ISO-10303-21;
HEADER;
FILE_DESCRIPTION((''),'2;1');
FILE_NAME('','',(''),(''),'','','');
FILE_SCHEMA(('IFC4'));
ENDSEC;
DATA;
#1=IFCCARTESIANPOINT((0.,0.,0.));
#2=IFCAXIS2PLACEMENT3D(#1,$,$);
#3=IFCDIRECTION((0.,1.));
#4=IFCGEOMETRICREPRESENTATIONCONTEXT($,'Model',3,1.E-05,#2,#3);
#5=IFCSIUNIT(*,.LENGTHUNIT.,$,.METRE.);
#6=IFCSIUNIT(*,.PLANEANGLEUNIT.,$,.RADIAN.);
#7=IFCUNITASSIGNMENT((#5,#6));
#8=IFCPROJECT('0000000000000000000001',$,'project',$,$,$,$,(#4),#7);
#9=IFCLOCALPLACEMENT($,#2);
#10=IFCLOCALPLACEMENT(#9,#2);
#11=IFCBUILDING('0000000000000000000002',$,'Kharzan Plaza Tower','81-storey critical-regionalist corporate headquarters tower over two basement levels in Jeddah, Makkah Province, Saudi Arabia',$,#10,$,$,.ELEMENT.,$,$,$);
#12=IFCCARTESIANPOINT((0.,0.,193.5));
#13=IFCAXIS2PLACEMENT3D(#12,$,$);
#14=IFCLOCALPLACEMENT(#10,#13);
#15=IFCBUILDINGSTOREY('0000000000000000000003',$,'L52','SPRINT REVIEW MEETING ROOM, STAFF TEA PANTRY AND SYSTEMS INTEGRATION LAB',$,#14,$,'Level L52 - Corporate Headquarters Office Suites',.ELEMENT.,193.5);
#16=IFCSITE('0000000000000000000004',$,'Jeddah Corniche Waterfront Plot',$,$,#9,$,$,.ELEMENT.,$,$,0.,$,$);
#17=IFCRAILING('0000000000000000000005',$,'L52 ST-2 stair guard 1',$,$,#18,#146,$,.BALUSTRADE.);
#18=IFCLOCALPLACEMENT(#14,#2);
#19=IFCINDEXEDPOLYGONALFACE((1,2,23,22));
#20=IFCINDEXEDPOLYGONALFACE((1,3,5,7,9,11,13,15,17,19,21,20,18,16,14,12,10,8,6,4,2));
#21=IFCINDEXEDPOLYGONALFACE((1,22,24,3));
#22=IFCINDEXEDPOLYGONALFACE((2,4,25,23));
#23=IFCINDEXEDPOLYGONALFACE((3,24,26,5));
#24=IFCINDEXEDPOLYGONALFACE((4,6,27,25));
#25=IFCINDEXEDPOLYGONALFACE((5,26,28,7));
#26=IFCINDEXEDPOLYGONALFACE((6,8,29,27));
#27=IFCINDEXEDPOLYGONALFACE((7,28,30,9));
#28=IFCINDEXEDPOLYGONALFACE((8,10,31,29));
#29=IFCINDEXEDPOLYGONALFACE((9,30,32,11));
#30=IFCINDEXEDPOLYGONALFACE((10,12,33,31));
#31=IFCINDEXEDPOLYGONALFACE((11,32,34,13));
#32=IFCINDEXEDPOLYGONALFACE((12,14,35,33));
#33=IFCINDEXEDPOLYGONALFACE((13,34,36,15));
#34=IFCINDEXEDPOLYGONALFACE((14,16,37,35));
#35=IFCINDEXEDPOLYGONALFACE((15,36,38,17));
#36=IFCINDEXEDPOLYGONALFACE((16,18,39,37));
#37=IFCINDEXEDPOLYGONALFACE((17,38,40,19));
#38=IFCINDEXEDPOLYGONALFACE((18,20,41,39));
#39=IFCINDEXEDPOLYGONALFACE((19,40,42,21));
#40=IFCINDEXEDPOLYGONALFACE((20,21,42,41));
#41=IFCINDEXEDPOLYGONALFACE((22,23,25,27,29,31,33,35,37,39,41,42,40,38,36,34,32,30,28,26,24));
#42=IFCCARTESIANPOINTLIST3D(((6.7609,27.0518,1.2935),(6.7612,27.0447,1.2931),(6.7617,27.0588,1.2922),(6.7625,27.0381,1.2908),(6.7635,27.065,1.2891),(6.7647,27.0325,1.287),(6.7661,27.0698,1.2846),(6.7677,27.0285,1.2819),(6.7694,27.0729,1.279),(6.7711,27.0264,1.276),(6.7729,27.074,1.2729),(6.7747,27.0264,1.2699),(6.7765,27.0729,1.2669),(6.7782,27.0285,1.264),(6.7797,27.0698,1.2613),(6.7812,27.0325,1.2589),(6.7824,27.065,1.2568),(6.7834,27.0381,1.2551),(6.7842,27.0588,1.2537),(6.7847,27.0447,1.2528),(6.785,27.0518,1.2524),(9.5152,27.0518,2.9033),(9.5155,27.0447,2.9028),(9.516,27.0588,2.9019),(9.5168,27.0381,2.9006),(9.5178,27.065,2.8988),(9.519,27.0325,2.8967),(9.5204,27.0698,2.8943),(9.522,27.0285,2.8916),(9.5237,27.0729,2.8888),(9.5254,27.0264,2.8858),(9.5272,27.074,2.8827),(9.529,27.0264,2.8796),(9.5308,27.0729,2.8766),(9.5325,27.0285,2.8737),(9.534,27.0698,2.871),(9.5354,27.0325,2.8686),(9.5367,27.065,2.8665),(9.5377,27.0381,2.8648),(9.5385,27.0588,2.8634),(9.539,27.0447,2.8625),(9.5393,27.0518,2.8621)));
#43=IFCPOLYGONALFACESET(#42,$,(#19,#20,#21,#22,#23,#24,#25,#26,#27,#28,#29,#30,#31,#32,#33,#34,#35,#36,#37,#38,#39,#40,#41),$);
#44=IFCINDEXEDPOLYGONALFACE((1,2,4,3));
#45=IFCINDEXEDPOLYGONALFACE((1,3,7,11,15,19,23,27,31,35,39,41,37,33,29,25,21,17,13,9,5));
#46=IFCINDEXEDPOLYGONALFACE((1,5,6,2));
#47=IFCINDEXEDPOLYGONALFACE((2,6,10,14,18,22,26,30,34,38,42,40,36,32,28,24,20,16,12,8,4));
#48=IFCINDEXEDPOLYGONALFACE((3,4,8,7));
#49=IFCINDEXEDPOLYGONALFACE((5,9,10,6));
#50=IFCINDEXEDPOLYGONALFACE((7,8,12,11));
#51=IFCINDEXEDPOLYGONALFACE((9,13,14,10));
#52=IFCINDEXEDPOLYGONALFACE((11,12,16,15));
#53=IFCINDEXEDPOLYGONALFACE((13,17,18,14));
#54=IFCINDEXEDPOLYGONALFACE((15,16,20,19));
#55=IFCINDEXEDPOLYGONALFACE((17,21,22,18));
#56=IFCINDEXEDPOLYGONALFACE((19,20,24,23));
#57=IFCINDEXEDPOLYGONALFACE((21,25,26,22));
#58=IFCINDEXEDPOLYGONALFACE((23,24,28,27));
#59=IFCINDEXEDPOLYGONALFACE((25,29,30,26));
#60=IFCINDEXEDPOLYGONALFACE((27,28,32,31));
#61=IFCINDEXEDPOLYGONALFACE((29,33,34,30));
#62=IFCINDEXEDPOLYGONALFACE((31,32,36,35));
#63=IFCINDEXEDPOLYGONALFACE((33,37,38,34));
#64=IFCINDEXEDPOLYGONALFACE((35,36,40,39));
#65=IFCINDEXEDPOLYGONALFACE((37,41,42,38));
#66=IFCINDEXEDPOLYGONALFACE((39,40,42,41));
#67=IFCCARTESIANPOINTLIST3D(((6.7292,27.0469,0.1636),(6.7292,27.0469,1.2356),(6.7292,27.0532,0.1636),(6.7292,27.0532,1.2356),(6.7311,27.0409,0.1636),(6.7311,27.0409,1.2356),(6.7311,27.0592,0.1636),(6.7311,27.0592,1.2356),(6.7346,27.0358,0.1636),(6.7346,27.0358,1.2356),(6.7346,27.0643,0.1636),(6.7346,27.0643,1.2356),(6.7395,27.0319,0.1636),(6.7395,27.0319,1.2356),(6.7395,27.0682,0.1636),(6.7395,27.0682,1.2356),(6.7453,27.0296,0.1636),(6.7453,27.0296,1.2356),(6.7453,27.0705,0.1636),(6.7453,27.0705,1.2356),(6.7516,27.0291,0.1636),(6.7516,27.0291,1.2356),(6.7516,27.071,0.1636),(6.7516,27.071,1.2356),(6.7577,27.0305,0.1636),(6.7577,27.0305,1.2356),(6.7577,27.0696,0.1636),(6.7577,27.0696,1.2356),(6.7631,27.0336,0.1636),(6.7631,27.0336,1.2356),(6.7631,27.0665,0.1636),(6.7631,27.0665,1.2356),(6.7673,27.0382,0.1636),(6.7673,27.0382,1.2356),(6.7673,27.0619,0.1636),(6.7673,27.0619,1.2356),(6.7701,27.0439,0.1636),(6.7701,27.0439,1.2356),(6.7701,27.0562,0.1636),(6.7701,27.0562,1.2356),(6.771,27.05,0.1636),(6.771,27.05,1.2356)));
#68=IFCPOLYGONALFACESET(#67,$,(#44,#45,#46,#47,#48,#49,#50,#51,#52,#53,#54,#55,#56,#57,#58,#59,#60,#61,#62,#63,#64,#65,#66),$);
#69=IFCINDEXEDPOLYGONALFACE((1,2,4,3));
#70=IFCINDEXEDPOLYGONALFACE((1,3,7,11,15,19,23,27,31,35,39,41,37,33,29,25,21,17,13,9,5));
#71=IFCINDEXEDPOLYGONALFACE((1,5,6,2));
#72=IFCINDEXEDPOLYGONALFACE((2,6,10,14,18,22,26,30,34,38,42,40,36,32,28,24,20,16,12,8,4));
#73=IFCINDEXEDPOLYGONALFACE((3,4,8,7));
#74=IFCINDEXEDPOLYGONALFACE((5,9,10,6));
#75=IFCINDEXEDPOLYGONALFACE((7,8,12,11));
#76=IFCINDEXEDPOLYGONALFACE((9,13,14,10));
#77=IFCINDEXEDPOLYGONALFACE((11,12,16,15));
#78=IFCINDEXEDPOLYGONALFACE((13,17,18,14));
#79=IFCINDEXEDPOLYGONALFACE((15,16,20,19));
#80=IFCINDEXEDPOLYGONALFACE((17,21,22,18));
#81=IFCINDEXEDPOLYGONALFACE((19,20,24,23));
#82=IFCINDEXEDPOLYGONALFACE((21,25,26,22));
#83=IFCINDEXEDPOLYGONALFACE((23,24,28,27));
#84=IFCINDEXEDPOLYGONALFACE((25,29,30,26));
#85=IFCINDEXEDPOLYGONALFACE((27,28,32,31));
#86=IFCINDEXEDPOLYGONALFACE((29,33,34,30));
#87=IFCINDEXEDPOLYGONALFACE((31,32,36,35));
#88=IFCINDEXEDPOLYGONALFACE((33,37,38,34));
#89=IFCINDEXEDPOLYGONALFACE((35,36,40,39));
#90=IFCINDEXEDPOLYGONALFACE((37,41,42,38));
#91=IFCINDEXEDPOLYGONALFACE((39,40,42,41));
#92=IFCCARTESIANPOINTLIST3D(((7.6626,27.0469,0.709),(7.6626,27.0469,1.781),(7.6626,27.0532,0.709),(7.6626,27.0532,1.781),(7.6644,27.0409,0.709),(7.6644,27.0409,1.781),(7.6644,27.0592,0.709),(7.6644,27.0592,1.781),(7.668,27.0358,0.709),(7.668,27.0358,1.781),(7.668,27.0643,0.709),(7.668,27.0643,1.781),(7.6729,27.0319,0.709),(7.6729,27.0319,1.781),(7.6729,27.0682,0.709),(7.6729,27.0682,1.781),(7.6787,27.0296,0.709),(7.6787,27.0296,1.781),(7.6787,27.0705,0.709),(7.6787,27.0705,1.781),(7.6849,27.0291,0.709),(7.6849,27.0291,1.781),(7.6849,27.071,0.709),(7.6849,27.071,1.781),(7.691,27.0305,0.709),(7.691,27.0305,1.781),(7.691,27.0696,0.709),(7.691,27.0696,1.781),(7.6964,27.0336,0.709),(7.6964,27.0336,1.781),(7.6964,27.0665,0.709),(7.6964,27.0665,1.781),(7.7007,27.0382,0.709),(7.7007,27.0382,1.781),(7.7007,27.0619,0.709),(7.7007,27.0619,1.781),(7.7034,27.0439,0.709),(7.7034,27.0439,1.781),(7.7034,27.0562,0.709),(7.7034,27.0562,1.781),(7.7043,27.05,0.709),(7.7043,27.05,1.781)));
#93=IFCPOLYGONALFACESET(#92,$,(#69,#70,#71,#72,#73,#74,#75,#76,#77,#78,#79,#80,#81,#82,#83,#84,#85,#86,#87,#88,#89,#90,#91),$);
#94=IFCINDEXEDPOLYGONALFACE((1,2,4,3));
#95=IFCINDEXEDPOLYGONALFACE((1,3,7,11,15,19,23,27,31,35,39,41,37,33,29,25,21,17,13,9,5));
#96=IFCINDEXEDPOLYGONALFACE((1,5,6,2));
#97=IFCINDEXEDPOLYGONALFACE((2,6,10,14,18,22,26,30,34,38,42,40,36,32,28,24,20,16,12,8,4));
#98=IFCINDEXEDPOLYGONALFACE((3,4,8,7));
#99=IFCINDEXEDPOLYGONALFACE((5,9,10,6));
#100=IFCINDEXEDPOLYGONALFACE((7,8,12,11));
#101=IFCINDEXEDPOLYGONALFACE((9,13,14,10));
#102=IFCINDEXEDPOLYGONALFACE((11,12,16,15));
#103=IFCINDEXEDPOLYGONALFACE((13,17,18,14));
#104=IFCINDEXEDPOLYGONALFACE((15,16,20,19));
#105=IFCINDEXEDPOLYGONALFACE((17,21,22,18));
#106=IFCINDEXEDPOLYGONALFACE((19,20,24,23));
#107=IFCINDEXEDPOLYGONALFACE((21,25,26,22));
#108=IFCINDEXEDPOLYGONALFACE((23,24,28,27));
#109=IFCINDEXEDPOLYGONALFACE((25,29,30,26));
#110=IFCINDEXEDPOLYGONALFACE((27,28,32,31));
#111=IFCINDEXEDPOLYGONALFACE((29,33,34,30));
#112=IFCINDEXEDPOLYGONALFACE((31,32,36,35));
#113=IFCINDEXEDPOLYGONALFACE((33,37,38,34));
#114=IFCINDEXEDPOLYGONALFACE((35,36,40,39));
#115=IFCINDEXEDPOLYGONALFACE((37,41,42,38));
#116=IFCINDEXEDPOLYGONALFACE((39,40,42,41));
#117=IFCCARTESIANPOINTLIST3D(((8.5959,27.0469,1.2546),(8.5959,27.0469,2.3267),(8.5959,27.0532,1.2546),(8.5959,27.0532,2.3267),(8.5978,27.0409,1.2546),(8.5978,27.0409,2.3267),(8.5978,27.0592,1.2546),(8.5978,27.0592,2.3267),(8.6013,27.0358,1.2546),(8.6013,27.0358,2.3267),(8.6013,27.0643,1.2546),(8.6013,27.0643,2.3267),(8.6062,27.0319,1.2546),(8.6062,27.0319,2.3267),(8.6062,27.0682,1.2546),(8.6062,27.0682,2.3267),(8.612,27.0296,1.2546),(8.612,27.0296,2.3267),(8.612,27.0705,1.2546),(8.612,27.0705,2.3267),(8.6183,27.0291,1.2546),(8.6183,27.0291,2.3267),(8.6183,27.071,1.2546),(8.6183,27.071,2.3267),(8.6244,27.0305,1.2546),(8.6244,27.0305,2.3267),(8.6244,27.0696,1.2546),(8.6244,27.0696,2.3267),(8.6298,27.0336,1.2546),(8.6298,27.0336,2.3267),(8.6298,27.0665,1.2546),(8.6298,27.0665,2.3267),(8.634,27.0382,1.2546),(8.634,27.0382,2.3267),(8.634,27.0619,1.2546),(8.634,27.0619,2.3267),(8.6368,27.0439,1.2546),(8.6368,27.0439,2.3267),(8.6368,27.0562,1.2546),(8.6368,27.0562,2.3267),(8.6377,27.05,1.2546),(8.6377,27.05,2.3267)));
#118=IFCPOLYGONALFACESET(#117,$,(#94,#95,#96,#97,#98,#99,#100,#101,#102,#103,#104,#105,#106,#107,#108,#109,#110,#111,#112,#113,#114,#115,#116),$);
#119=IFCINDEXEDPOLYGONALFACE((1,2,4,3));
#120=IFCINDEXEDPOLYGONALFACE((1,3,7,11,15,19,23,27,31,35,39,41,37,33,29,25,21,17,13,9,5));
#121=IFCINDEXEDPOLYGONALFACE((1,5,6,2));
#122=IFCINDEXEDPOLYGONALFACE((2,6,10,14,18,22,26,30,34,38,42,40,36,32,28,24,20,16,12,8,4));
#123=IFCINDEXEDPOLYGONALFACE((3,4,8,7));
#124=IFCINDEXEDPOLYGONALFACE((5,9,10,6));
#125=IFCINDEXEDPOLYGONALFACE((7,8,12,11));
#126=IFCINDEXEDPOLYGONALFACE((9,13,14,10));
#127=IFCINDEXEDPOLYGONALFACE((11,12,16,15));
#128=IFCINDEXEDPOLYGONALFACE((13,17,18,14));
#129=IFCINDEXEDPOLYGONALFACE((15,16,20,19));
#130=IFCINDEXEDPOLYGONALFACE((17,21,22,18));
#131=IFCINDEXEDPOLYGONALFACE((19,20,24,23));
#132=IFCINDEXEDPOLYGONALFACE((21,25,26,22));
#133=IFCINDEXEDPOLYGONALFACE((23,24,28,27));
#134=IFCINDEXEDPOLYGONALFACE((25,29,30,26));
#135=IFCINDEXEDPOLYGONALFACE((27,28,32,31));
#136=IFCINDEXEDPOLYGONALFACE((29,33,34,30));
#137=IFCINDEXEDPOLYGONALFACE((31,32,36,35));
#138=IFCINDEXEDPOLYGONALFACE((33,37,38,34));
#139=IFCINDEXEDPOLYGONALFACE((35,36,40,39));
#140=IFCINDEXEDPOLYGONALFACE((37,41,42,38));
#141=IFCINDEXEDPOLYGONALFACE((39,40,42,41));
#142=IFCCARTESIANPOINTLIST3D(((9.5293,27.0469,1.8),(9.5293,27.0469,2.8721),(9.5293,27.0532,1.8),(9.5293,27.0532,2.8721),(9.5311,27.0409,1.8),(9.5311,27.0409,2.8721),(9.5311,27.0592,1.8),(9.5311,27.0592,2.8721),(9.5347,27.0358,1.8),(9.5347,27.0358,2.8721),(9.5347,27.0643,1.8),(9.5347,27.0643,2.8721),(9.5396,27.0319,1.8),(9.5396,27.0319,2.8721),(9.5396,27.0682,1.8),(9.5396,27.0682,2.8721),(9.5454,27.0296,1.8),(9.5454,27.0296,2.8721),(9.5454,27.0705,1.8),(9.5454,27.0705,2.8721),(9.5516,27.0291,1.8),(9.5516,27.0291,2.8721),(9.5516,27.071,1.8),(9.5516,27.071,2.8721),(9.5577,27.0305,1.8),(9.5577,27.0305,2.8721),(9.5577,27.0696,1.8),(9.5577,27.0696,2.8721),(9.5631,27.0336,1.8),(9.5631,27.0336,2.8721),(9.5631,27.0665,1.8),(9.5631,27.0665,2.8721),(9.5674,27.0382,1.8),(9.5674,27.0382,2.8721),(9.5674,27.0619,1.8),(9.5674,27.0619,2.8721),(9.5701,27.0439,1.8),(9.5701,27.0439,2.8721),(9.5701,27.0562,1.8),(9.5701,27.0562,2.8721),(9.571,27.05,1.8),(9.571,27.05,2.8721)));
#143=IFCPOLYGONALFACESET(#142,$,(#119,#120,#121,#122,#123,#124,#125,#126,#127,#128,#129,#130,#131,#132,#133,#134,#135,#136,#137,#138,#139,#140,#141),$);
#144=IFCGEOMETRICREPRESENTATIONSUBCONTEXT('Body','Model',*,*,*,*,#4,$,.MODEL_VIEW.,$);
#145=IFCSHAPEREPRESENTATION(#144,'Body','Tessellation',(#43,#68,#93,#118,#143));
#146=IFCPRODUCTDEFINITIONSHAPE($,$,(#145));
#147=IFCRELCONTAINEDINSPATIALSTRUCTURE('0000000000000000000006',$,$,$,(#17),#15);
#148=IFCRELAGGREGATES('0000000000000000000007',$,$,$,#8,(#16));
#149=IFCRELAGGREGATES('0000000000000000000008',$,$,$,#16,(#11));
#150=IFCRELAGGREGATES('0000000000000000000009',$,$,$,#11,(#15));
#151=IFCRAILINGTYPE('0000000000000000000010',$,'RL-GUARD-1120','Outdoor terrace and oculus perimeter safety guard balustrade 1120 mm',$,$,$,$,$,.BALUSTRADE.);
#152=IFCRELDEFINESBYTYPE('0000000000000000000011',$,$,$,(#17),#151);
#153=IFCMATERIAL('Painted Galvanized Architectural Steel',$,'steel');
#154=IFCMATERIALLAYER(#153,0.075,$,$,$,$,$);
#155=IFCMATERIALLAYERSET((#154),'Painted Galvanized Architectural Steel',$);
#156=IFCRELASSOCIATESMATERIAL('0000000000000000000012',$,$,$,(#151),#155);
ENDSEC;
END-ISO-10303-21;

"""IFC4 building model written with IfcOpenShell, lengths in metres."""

from ifc_helpers import new_model, si_unit, direction, frame, origin, origin_2d, place, context, subcontext, project, spatial, circle, extrude, source, transform, mapped, material, layer, layer_set, type_object, element, save


model = new_model("IFC4")

# Units and contexts
model_context = context("Model", 3, precision=1e-05, world=origin(), true_north=direction((0.0, 1.0)))
body_context = subcontext(model_context, "Body", "Model", "MODEL_VIEW")
ifc_project = project(units=[si_unit("LENGTHUNIT", "METRE"), si_unit("PLANEANGLEUNIT", "RADIAN")], contexts=[model_context])

# Site, building, storey
site_placement = place(None, origin())
site = spatial("IfcSite", under=ifc_project, at=site_placement, Name="Jeddah Corniche Waterfront Plot", CompositionType="ELEMENT", RefElevation=0.0)
building_placement = place(site_placement, origin())
building = spatial("IfcBuilding", under=site, at=building_placement, Name="Kharzan Plaza Tower", Description="81-storey critical-regionalist corporate headquarters tower over two basement levels in Jeddah, Makkah Province, Saudi Arabia", CompositionType="ELEMENT")
storey_placement = place(building_placement, frame((0.0, 0.0, 193.5)))
storey = spatial("IfcBuildingStorey", under=building, at=storey_placement, Name="L52", Description="SPRINT REVIEW MEETING ROOM, STAFF TEA PANTRY AND SYSTEMS INTEGRATION LAB", LongName="Level L52 - Corporate Headquarters Office Suites", CompositionType="ELEMENT", Elevation=193.5)

# Railing
ifc_material_1 = material(Name="Painted Galvanized Architectural Steel", Category="steel")
ifc_layer_1 = layer(ifc_material_1, 0.075)
ifc_layer_set_1 = layer_set([ifc_layer_1], Name="Painted Galvanized Architectural Steel")
railing_type_1 = type_object("IfcRailingType", Name="RL-GUARD-1120", Description="Outdoor terrace and oculus perimeter safety guard balustrade 1120 mm", PredefinedType="BALUSTRADE", material=ifc_layer_set_1)
shared_shape_1 = source(origin(), body_context, "Body", "SweptSolid", [
    extrude(circle(Radius=0.0239, at=origin_2d()), frame((0.0229, 0.0, 1.1094), z_axis=(0.863361, 0.0, 0.504587), x_axis=(0.0, 1.0, 0.0)), (0.0, 0.0, 1.0), 3.1902),
    extrude(circle(Radius=0.021, at=origin_2d()), origin(), (0.0, 0.0, 1.0), 1.072),
    extrude(circle(Radius=0.021, at=origin_2d()), frame((0.9333, 0.0, 0.5454)), (0.0, 0.0, 1.0), 1.072),
    extrude(circle(Radius=0.021, at=origin_2d()), frame((1.8667, 0.0, 1.0911)), (0.0, 0.0, 1.0), 1.072),
    extrude(circle(Radius=0.021, at=origin_2d()), frame((2.8, 0.0, 1.6365)), (0.0, 0.0, 1.0), 1.072),
])
railing_1_placement = place(storey_placement, frame((6.75, 27.05, 0.1636)))
element("IfcRailing", 1, at=railing_1_placement, inside=storey, type_object=railing_type_1, Name="L52 ST-2 stair guard 1", PredefinedType="BALUSTRADE", context=body_context, shape_type="MappedRepresentation", body=[
    mapped(shared_shape_1, transform((0.0, 0.0, 0.0), x_axis=(1.0, 0.0, 0.0), y_axis=(0.0, 1.0, 0.0), z_axis=(0.0, 0.0, 1.0))),
])

save(model, "model.ifc")
